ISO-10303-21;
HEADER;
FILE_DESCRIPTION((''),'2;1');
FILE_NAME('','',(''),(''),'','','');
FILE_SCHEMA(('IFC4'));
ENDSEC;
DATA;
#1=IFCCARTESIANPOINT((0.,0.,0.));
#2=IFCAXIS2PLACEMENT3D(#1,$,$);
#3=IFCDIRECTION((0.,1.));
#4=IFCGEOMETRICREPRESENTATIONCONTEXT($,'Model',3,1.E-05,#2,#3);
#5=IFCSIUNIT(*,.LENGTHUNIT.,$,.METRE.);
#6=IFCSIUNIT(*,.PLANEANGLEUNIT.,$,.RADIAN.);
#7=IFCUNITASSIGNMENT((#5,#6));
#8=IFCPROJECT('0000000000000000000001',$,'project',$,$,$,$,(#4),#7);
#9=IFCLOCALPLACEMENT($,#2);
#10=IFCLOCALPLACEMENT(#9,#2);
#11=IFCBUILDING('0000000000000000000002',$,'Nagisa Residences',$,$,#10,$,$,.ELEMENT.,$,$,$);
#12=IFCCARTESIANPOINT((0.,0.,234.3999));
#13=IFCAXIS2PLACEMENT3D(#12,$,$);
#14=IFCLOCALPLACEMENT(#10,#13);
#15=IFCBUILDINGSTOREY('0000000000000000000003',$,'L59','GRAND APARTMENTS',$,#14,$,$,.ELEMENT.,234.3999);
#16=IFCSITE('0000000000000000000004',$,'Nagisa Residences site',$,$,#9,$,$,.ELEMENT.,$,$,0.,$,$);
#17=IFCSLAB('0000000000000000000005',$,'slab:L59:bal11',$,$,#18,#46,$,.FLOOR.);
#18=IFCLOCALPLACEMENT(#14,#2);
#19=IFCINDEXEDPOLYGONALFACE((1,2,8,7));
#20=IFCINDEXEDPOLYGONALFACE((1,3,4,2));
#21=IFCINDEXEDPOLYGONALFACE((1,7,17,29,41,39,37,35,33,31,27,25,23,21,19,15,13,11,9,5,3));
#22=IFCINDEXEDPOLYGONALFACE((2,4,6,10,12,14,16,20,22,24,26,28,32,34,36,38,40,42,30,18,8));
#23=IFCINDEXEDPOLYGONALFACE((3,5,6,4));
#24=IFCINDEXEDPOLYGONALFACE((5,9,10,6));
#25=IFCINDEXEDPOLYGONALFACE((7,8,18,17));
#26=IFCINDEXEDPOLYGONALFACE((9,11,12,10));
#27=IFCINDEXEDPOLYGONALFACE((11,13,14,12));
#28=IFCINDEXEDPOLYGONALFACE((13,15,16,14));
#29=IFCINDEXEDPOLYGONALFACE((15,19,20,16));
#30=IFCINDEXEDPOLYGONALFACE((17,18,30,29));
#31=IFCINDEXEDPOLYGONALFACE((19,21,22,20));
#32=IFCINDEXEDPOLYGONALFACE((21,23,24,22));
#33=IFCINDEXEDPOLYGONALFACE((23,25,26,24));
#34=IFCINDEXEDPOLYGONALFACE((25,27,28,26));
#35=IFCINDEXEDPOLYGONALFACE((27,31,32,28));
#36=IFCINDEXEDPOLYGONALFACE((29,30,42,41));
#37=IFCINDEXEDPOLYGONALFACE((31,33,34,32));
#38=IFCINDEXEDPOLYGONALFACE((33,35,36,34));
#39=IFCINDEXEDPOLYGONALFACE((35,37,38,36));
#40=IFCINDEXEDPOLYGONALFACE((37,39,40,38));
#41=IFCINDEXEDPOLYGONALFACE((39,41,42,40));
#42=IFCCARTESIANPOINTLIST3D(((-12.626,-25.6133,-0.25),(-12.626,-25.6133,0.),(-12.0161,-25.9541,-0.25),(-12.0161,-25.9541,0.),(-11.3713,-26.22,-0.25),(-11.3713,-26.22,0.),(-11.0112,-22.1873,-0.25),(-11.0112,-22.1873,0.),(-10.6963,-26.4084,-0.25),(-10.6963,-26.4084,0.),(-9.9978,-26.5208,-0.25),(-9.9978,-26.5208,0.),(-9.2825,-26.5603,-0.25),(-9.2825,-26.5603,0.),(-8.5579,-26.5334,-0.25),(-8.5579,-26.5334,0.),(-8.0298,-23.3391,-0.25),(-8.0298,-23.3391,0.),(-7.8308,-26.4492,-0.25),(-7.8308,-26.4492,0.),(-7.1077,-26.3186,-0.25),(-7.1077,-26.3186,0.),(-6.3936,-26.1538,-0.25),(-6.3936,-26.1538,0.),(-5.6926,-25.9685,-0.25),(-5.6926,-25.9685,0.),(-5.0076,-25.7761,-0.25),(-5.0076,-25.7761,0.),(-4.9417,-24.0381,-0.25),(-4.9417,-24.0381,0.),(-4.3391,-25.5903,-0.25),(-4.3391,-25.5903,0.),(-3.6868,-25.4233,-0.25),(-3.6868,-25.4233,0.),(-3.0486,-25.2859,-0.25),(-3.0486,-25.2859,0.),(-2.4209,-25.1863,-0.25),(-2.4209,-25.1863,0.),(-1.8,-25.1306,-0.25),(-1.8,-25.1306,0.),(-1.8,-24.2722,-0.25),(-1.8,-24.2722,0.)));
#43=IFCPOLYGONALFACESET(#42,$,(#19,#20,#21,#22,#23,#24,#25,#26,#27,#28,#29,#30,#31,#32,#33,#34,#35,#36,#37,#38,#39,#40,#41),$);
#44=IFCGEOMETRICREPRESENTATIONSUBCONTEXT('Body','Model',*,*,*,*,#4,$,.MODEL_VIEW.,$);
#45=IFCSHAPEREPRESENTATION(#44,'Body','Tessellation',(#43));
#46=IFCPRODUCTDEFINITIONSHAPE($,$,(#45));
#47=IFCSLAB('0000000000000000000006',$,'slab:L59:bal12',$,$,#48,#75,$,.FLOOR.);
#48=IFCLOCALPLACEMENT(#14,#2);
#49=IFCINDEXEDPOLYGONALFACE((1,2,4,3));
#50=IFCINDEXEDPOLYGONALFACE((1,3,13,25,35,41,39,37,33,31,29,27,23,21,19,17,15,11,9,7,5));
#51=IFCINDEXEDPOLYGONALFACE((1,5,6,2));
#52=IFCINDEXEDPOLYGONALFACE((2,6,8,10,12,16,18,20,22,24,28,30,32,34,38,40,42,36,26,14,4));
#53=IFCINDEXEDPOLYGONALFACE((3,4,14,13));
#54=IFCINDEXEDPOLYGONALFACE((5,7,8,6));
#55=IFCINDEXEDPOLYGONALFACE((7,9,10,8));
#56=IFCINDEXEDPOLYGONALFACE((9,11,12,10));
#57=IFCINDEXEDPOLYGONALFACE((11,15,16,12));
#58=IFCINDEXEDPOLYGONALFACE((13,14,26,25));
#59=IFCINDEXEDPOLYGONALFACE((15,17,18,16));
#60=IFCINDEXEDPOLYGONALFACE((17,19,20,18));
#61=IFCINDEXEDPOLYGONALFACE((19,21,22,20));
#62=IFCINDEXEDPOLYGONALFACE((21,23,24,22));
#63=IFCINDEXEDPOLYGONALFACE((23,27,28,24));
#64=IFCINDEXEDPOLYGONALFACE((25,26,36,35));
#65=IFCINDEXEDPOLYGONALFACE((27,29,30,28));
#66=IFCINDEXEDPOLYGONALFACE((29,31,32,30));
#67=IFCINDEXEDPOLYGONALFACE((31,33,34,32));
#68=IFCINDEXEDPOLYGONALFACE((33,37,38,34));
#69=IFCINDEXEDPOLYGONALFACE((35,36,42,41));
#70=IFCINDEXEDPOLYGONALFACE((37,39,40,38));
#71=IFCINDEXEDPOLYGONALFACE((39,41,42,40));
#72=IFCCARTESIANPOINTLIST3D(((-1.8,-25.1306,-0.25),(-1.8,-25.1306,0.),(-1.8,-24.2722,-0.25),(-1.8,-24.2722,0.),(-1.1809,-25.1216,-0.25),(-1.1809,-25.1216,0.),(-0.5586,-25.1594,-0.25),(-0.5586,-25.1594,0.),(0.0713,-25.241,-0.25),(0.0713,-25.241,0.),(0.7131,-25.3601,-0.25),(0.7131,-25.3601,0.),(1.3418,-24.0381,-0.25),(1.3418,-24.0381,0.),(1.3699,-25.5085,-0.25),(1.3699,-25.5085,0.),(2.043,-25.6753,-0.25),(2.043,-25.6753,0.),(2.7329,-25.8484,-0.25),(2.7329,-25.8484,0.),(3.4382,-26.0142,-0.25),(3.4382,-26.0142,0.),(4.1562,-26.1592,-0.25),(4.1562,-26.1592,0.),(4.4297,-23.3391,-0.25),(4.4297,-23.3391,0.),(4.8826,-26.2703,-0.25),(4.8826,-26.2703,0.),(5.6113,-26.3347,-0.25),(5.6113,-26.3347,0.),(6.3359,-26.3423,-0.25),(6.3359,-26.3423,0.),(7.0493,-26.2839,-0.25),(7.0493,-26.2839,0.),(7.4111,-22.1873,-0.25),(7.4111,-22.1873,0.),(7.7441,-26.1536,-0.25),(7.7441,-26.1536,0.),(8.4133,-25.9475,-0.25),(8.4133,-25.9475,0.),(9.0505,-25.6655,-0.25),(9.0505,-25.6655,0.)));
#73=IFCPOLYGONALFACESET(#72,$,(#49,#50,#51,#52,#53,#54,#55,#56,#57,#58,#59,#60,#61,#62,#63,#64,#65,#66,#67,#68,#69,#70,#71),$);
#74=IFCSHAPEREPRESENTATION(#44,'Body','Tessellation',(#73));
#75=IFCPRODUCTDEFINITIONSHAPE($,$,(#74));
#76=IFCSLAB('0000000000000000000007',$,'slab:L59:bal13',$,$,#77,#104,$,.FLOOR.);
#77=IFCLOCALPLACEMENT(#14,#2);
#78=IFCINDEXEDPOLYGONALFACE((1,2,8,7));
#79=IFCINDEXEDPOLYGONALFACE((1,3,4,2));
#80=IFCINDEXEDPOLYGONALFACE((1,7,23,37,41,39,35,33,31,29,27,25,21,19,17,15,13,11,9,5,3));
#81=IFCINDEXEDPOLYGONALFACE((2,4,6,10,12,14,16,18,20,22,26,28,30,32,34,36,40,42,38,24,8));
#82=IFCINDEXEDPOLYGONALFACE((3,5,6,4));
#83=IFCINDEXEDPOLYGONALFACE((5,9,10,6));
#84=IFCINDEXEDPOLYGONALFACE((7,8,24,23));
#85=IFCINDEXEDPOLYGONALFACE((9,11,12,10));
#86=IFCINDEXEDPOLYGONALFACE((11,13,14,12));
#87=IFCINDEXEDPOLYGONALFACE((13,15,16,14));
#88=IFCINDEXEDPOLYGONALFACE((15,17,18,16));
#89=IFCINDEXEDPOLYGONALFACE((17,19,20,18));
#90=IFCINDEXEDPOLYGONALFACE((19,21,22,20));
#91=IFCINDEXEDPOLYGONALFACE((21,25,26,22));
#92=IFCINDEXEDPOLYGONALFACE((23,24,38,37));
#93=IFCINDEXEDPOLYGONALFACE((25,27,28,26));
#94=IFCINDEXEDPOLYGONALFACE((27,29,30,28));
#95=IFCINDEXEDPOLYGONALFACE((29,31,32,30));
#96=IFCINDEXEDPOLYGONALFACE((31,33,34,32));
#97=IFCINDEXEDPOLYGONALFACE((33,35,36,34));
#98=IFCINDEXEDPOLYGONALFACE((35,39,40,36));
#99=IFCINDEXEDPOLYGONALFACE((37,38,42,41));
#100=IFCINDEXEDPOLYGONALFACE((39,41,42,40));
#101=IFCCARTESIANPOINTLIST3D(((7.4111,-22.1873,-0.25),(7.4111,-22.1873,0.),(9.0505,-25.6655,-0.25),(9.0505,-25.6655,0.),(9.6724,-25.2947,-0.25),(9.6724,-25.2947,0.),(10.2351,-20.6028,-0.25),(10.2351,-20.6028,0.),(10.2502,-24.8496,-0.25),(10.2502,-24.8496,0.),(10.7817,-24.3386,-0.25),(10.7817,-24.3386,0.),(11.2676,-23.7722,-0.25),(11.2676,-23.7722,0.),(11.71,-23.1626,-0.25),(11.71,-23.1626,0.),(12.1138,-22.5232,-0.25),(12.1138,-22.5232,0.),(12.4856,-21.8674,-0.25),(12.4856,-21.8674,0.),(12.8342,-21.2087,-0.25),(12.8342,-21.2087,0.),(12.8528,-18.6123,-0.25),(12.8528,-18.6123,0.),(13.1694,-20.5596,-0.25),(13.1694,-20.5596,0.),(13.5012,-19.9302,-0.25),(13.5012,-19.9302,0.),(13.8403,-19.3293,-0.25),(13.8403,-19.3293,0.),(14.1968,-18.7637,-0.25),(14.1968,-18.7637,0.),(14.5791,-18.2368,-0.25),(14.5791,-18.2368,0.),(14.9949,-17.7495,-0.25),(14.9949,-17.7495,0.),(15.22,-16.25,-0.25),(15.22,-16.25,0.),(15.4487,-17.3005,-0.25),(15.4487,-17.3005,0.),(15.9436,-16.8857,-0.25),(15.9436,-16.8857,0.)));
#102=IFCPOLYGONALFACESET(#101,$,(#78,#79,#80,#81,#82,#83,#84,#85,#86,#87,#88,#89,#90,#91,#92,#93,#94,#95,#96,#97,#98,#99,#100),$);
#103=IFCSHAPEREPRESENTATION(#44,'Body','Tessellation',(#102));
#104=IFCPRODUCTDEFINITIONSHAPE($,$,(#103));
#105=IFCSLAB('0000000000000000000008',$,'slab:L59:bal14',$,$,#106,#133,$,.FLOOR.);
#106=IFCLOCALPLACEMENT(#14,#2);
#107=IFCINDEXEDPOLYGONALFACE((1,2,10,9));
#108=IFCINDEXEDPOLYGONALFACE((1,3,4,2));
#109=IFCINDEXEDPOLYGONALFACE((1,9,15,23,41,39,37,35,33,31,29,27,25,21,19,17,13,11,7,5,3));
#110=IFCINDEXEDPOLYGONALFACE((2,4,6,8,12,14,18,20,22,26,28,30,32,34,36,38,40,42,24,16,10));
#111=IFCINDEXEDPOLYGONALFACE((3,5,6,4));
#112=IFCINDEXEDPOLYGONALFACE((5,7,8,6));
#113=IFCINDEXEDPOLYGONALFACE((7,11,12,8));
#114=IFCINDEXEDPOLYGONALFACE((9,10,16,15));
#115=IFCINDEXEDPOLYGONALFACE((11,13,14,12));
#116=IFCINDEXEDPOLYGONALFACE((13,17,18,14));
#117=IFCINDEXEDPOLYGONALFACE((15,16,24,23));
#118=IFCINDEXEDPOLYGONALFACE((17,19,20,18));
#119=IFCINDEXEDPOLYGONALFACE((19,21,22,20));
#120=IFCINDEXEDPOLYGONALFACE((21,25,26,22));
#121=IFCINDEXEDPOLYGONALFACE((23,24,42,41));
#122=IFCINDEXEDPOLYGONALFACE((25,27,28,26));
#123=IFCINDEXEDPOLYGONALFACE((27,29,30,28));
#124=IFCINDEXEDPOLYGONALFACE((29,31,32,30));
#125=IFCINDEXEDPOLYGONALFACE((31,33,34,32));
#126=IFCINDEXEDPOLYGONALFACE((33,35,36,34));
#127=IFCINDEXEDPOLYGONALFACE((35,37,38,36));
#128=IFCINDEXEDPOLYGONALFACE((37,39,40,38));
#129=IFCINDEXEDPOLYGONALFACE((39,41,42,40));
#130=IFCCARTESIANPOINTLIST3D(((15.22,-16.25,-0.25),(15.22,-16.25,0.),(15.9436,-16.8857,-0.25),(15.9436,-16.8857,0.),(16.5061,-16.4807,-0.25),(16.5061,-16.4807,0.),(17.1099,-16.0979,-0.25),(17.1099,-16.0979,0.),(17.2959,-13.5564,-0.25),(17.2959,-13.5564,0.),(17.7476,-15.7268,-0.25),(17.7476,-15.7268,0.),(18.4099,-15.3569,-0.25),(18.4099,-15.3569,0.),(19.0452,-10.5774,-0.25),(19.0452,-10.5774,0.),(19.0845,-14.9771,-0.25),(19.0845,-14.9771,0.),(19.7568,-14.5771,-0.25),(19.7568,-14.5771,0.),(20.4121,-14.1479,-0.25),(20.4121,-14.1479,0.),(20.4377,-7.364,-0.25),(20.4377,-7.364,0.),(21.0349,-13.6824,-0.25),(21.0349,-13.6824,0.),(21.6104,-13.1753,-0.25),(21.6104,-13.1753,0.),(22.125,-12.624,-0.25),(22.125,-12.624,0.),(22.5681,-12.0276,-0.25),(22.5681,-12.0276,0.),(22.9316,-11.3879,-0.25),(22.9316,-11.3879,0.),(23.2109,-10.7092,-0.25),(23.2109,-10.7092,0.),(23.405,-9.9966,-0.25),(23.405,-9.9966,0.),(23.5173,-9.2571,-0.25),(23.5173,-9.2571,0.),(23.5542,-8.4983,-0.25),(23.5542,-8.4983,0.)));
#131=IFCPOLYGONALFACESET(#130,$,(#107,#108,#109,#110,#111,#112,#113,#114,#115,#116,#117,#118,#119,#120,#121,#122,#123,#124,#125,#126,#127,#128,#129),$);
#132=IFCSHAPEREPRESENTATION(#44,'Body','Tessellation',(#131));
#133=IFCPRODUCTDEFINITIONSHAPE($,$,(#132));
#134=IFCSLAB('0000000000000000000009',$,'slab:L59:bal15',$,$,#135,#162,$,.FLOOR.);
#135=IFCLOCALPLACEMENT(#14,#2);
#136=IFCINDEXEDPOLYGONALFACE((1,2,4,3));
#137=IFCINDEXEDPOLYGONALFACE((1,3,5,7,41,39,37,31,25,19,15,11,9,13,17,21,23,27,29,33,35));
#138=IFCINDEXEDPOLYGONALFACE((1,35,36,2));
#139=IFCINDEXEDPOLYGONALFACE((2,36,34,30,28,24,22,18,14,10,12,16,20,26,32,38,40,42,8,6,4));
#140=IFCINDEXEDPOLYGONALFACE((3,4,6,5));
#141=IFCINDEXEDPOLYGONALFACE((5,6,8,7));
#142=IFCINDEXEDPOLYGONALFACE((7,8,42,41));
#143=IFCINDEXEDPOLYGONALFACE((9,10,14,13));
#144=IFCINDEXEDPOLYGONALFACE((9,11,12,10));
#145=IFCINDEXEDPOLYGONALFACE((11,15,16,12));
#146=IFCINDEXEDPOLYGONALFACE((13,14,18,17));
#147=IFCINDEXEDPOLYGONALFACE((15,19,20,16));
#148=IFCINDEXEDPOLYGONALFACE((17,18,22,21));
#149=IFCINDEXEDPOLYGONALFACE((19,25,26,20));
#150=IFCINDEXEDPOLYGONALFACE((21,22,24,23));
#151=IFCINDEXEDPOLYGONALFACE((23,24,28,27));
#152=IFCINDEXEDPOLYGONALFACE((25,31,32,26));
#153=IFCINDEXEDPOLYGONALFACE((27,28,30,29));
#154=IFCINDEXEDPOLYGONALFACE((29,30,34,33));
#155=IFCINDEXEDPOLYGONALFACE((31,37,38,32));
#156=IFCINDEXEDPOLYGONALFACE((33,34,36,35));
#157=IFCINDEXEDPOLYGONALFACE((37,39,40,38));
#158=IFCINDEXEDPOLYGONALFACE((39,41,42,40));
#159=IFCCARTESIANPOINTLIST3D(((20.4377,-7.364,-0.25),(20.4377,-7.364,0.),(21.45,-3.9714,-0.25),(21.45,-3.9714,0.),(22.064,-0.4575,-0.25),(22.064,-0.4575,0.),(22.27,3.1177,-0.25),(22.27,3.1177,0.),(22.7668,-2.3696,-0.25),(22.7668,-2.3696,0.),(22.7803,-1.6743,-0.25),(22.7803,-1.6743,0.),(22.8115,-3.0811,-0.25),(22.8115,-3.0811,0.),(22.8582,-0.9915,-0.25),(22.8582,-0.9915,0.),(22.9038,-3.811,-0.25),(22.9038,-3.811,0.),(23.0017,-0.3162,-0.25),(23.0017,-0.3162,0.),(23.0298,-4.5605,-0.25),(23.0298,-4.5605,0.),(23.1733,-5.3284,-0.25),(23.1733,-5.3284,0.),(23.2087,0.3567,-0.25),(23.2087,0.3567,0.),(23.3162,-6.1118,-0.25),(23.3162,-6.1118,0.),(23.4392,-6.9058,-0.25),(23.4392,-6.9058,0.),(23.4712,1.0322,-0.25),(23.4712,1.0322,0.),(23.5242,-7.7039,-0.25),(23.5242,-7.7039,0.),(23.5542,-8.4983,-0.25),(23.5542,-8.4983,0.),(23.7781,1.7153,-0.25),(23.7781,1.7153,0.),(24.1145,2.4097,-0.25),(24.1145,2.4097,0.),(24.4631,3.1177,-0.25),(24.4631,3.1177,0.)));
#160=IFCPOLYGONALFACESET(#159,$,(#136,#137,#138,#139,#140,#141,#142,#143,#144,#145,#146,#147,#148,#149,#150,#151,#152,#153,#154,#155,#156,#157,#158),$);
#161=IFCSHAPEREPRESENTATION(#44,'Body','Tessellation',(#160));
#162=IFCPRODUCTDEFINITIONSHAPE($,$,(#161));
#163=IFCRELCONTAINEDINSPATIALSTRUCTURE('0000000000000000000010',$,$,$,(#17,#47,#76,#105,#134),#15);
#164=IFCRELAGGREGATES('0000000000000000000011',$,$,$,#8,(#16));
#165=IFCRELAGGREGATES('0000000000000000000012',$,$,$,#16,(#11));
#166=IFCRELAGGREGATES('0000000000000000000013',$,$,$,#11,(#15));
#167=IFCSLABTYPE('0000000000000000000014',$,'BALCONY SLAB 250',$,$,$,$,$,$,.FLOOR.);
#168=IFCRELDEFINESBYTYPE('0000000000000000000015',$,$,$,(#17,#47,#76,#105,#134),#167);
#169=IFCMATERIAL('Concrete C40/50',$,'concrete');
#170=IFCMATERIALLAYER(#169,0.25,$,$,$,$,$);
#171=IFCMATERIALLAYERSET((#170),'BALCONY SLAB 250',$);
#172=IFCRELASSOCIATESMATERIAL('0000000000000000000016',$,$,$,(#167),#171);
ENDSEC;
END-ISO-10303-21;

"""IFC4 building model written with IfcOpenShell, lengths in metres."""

from ifc_helpers import new_model, si_unit, direction, frame, origin, place, context, subcontext, project, spatial, polyline, outline, extrude, material, layer, layer_set, type_object, element, save


model = new_model("IFC4")

# Units and contexts
model_context = context("Model", 3, precision=1e-05, world=origin(), true_north=direction((0.0, 1.0)))
body_context = subcontext(model_context, "Body", "Model", "MODEL_VIEW")
ifc_project = project(units=[si_unit("LENGTHUNIT", "METRE"), si_unit("PLANEANGLEUNIT", "RADIAN")], contexts=[model_context])

# Site, building, storey
site_placement = place(None, origin())
site = spatial("IfcSite", under=ifc_project, at=site_placement, Name="Nagisa Residences site", CompositionType="ELEMENT", RefElevation=0.0)
building_placement = place(site_placement, origin())
building = spatial("IfcBuilding", under=site, at=building_placement, Name="Nagisa Residences", CompositionType="ELEMENT")
storey_placement = place(building_placement, frame((0.0, 0.0, 234.3999)))
storey = spatial("IfcBuildingStorey", under=building, at=storey_placement, Name="L59", Description="GRAND APARTMENTS", CompositionType="ELEMENT", Elevation=234.3999)

# Slabs
ifc_material_1 = material(Name="Concrete C40/50", Category="concrete")
ifc_layer_1 = layer(ifc_material_1, 0.25)
ifc_layer_set_1 = layer_set([ifc_layer_1], Name="BALCONY SLAB 250")
slab_type = type_object("IfcSlabType", Name="BALCONY SLAB 250", PredefinedType="FLOOR", material=ifc_layer_set_1)
slab_1_placement = place(storey_placement, frame((0.0, 0.0, -0.25)))
element("IfcSlab", 1, at=slab_1_placement, inside=storey, type_object=slab_type, Name="slab:L59:bal11", PredefinedType="FLOOR", context=body_context, shape_type="SweptSolid", body=[
    extrude(outline(polyline([(-12.626, -25.6133), (-12.0161, -25.9541), (-11.3713, -26.22), (-10.6963, -26.4084), (-9.9978, -26.5208), (-9.2825, -26.5603), (-8.5579, -26.5334), (-7.8308, -26.4492), (-7.1077, -26.3186), (-6.3936, -26.1538), (-5.6926, -25.9685), (-5.0076, -25.7761), (-4.3391, -25.5903), (-3.6868, -25.4233), (-3.0486, -25.2859), (-2.4209, -25.1863), (-1.8, -25.1306), (-1.8, -24.2722), (-4.9417, -24.0381), (-8.0298, -23.3391), (-11.0112, -22.1873), (-12.626, -25.6133)])), origin(), (0.0, 0.0, 1.0), 0.25),
])
slab_2_placement = place(storey_placement, frame((0.0, 0.0, -0.25)))
element("IfcSlab", 2, at=slab_2_placement, inside=storey, type_object=slab_type, Name="slab:L59:bal12", PredefinedType="FLOOR", context=body_context, shape_type="SweptSolid", body=[
    extrude(outline(polyline([(-1.8, -25.1306), (-1.1809, -25.1216), (-0.5586, -25.1594), (0.0713, -25.241), (0.7131, -25.3601), (1.3699, -25.5085), (2.043, -25.6753), (2.7329, -25.8484), (3.4382, -26.0142), (4.1562, -26.1592), (4.8826, -26.2703), (5.6113, -26.3347), (6.3359, -26.3423), (7.0493, -26.2839), (7.7441, -26.1536), (8.4133, -25.9475), (9.0505, -25.6655), (7.4111, -22.1873), (4.4297, -23.3391), (1.3418, -24.0381), (-1.8, -24.2722), (-1.8, -25.1306)])), origin(), (0.0, 0.0, 1.0), 0.25),
])
slab_3_placement = place(storey_placement, frame((0.0, 0.0, -0.25)))
element("IfcSlab", 3, at=slab_3_placement, inside=storey, type_object=slab_type, Name="slab:L59:bal13", PredefinedType="FLOOR", context=body_context, shape_type="SweptSolid", body=[
    extrude(outline(polyline([(9.0505, -25.6655), (9.6724, -25.2947), (10.2502, -24.8496), (10.7817, -24.3386), (11.2676, -23.7722), (11.71, -23.1626), (12.1138, -22.5232), (12.4856, -21.8674), (12.8342, -21.2087), (13.1694, -20.5596), (13.5012, -19.9302), (13.8403, -19.3293), (14.1968, -18.7637), (14.5791, -18.2368), (14.9949, -17.7495), (15.4487, -17.3005), (15.9436, -16.8857), (15.22, -16.25), (12.8528, -18.6123), (10.2351, -20.6028), (7.4111, -22.1873), (9.0505, -25.6655)])), origin(), (0.0, 0.0, 1.0), 0.25),
])
slab_4_placement = place(storey_placement, frame((0.0, 0.0, -0.25)))
element("IfcSlab", 4, at=slab_4_placement, inside=storey, type_object=slab_type, Name="slab:L59:bal14", PredefinedType="FLOOR", context=body_context, shape_type="SweptSolid", body=[
    extrude(outline(polyline([(15.9436, -16.8857), (16.5061, -16.4807), (17.1099, -16.0979), (17.7476, -15.7268), (18.4099, -15.3569), (19.0845, -14.9771), (19.7568, -14.5771), (20.4121, -14.1479), (21.0349, -13.6824), (21.6104, -13.1753), (22.125, -12.624), (22.5681, -12.0276), (22.9316, -11.3879), (23.2109, -10.7092), (23.405, -9.9966), (23.5173, -9.2571), (23.5542, -8.4983), (20.4377, -7.364), (19.0452, -10.5774), (17.2959, -13.5564), (15.22, -16.25), (15.9436, -16.8857)])), origin(), (0.0, 0.0, 1.0), 0.25),
])
slab_5_placement = place(storey_placement, frame((0.0, 0.0, -0.25)))
element("IfcSlab", 5, at=slab_5_placement, inside=storey, type_object=slab_type, Name="slab:L59:bal15", PredefinedType="FLOOR", context=body_context, shape_type="SweptSolid", body=[
    extrude(outline(polyline([(23.5542, -8.4983), (23.5242, -7.7039), (23.4392, -6.9058), (23.3162, -6.1118), (23.1733, -5.3284), (23.0298, -4.5605), (22.9038, -3.811), (22.8115, -3.0811), (22.7668, -2.3696), (22.7803, -1.6743), (22.8582, -0.9915), (23.0017, -0.3162), (23.2087, 0.3567), (23.4712, 1.0322), (23.7781, 1.7153), (24.1145, 2.4097), (24.4631, 3.1177), (22.27, 3.1177), (22.064, -0.4575), (21.45, -3.9714), (20.4377, -7.364), (23.5542, -8.4983)])), origin(), (0.0, 0.0, 1.0), 0.25),
])

save(model, "model.ifc")
